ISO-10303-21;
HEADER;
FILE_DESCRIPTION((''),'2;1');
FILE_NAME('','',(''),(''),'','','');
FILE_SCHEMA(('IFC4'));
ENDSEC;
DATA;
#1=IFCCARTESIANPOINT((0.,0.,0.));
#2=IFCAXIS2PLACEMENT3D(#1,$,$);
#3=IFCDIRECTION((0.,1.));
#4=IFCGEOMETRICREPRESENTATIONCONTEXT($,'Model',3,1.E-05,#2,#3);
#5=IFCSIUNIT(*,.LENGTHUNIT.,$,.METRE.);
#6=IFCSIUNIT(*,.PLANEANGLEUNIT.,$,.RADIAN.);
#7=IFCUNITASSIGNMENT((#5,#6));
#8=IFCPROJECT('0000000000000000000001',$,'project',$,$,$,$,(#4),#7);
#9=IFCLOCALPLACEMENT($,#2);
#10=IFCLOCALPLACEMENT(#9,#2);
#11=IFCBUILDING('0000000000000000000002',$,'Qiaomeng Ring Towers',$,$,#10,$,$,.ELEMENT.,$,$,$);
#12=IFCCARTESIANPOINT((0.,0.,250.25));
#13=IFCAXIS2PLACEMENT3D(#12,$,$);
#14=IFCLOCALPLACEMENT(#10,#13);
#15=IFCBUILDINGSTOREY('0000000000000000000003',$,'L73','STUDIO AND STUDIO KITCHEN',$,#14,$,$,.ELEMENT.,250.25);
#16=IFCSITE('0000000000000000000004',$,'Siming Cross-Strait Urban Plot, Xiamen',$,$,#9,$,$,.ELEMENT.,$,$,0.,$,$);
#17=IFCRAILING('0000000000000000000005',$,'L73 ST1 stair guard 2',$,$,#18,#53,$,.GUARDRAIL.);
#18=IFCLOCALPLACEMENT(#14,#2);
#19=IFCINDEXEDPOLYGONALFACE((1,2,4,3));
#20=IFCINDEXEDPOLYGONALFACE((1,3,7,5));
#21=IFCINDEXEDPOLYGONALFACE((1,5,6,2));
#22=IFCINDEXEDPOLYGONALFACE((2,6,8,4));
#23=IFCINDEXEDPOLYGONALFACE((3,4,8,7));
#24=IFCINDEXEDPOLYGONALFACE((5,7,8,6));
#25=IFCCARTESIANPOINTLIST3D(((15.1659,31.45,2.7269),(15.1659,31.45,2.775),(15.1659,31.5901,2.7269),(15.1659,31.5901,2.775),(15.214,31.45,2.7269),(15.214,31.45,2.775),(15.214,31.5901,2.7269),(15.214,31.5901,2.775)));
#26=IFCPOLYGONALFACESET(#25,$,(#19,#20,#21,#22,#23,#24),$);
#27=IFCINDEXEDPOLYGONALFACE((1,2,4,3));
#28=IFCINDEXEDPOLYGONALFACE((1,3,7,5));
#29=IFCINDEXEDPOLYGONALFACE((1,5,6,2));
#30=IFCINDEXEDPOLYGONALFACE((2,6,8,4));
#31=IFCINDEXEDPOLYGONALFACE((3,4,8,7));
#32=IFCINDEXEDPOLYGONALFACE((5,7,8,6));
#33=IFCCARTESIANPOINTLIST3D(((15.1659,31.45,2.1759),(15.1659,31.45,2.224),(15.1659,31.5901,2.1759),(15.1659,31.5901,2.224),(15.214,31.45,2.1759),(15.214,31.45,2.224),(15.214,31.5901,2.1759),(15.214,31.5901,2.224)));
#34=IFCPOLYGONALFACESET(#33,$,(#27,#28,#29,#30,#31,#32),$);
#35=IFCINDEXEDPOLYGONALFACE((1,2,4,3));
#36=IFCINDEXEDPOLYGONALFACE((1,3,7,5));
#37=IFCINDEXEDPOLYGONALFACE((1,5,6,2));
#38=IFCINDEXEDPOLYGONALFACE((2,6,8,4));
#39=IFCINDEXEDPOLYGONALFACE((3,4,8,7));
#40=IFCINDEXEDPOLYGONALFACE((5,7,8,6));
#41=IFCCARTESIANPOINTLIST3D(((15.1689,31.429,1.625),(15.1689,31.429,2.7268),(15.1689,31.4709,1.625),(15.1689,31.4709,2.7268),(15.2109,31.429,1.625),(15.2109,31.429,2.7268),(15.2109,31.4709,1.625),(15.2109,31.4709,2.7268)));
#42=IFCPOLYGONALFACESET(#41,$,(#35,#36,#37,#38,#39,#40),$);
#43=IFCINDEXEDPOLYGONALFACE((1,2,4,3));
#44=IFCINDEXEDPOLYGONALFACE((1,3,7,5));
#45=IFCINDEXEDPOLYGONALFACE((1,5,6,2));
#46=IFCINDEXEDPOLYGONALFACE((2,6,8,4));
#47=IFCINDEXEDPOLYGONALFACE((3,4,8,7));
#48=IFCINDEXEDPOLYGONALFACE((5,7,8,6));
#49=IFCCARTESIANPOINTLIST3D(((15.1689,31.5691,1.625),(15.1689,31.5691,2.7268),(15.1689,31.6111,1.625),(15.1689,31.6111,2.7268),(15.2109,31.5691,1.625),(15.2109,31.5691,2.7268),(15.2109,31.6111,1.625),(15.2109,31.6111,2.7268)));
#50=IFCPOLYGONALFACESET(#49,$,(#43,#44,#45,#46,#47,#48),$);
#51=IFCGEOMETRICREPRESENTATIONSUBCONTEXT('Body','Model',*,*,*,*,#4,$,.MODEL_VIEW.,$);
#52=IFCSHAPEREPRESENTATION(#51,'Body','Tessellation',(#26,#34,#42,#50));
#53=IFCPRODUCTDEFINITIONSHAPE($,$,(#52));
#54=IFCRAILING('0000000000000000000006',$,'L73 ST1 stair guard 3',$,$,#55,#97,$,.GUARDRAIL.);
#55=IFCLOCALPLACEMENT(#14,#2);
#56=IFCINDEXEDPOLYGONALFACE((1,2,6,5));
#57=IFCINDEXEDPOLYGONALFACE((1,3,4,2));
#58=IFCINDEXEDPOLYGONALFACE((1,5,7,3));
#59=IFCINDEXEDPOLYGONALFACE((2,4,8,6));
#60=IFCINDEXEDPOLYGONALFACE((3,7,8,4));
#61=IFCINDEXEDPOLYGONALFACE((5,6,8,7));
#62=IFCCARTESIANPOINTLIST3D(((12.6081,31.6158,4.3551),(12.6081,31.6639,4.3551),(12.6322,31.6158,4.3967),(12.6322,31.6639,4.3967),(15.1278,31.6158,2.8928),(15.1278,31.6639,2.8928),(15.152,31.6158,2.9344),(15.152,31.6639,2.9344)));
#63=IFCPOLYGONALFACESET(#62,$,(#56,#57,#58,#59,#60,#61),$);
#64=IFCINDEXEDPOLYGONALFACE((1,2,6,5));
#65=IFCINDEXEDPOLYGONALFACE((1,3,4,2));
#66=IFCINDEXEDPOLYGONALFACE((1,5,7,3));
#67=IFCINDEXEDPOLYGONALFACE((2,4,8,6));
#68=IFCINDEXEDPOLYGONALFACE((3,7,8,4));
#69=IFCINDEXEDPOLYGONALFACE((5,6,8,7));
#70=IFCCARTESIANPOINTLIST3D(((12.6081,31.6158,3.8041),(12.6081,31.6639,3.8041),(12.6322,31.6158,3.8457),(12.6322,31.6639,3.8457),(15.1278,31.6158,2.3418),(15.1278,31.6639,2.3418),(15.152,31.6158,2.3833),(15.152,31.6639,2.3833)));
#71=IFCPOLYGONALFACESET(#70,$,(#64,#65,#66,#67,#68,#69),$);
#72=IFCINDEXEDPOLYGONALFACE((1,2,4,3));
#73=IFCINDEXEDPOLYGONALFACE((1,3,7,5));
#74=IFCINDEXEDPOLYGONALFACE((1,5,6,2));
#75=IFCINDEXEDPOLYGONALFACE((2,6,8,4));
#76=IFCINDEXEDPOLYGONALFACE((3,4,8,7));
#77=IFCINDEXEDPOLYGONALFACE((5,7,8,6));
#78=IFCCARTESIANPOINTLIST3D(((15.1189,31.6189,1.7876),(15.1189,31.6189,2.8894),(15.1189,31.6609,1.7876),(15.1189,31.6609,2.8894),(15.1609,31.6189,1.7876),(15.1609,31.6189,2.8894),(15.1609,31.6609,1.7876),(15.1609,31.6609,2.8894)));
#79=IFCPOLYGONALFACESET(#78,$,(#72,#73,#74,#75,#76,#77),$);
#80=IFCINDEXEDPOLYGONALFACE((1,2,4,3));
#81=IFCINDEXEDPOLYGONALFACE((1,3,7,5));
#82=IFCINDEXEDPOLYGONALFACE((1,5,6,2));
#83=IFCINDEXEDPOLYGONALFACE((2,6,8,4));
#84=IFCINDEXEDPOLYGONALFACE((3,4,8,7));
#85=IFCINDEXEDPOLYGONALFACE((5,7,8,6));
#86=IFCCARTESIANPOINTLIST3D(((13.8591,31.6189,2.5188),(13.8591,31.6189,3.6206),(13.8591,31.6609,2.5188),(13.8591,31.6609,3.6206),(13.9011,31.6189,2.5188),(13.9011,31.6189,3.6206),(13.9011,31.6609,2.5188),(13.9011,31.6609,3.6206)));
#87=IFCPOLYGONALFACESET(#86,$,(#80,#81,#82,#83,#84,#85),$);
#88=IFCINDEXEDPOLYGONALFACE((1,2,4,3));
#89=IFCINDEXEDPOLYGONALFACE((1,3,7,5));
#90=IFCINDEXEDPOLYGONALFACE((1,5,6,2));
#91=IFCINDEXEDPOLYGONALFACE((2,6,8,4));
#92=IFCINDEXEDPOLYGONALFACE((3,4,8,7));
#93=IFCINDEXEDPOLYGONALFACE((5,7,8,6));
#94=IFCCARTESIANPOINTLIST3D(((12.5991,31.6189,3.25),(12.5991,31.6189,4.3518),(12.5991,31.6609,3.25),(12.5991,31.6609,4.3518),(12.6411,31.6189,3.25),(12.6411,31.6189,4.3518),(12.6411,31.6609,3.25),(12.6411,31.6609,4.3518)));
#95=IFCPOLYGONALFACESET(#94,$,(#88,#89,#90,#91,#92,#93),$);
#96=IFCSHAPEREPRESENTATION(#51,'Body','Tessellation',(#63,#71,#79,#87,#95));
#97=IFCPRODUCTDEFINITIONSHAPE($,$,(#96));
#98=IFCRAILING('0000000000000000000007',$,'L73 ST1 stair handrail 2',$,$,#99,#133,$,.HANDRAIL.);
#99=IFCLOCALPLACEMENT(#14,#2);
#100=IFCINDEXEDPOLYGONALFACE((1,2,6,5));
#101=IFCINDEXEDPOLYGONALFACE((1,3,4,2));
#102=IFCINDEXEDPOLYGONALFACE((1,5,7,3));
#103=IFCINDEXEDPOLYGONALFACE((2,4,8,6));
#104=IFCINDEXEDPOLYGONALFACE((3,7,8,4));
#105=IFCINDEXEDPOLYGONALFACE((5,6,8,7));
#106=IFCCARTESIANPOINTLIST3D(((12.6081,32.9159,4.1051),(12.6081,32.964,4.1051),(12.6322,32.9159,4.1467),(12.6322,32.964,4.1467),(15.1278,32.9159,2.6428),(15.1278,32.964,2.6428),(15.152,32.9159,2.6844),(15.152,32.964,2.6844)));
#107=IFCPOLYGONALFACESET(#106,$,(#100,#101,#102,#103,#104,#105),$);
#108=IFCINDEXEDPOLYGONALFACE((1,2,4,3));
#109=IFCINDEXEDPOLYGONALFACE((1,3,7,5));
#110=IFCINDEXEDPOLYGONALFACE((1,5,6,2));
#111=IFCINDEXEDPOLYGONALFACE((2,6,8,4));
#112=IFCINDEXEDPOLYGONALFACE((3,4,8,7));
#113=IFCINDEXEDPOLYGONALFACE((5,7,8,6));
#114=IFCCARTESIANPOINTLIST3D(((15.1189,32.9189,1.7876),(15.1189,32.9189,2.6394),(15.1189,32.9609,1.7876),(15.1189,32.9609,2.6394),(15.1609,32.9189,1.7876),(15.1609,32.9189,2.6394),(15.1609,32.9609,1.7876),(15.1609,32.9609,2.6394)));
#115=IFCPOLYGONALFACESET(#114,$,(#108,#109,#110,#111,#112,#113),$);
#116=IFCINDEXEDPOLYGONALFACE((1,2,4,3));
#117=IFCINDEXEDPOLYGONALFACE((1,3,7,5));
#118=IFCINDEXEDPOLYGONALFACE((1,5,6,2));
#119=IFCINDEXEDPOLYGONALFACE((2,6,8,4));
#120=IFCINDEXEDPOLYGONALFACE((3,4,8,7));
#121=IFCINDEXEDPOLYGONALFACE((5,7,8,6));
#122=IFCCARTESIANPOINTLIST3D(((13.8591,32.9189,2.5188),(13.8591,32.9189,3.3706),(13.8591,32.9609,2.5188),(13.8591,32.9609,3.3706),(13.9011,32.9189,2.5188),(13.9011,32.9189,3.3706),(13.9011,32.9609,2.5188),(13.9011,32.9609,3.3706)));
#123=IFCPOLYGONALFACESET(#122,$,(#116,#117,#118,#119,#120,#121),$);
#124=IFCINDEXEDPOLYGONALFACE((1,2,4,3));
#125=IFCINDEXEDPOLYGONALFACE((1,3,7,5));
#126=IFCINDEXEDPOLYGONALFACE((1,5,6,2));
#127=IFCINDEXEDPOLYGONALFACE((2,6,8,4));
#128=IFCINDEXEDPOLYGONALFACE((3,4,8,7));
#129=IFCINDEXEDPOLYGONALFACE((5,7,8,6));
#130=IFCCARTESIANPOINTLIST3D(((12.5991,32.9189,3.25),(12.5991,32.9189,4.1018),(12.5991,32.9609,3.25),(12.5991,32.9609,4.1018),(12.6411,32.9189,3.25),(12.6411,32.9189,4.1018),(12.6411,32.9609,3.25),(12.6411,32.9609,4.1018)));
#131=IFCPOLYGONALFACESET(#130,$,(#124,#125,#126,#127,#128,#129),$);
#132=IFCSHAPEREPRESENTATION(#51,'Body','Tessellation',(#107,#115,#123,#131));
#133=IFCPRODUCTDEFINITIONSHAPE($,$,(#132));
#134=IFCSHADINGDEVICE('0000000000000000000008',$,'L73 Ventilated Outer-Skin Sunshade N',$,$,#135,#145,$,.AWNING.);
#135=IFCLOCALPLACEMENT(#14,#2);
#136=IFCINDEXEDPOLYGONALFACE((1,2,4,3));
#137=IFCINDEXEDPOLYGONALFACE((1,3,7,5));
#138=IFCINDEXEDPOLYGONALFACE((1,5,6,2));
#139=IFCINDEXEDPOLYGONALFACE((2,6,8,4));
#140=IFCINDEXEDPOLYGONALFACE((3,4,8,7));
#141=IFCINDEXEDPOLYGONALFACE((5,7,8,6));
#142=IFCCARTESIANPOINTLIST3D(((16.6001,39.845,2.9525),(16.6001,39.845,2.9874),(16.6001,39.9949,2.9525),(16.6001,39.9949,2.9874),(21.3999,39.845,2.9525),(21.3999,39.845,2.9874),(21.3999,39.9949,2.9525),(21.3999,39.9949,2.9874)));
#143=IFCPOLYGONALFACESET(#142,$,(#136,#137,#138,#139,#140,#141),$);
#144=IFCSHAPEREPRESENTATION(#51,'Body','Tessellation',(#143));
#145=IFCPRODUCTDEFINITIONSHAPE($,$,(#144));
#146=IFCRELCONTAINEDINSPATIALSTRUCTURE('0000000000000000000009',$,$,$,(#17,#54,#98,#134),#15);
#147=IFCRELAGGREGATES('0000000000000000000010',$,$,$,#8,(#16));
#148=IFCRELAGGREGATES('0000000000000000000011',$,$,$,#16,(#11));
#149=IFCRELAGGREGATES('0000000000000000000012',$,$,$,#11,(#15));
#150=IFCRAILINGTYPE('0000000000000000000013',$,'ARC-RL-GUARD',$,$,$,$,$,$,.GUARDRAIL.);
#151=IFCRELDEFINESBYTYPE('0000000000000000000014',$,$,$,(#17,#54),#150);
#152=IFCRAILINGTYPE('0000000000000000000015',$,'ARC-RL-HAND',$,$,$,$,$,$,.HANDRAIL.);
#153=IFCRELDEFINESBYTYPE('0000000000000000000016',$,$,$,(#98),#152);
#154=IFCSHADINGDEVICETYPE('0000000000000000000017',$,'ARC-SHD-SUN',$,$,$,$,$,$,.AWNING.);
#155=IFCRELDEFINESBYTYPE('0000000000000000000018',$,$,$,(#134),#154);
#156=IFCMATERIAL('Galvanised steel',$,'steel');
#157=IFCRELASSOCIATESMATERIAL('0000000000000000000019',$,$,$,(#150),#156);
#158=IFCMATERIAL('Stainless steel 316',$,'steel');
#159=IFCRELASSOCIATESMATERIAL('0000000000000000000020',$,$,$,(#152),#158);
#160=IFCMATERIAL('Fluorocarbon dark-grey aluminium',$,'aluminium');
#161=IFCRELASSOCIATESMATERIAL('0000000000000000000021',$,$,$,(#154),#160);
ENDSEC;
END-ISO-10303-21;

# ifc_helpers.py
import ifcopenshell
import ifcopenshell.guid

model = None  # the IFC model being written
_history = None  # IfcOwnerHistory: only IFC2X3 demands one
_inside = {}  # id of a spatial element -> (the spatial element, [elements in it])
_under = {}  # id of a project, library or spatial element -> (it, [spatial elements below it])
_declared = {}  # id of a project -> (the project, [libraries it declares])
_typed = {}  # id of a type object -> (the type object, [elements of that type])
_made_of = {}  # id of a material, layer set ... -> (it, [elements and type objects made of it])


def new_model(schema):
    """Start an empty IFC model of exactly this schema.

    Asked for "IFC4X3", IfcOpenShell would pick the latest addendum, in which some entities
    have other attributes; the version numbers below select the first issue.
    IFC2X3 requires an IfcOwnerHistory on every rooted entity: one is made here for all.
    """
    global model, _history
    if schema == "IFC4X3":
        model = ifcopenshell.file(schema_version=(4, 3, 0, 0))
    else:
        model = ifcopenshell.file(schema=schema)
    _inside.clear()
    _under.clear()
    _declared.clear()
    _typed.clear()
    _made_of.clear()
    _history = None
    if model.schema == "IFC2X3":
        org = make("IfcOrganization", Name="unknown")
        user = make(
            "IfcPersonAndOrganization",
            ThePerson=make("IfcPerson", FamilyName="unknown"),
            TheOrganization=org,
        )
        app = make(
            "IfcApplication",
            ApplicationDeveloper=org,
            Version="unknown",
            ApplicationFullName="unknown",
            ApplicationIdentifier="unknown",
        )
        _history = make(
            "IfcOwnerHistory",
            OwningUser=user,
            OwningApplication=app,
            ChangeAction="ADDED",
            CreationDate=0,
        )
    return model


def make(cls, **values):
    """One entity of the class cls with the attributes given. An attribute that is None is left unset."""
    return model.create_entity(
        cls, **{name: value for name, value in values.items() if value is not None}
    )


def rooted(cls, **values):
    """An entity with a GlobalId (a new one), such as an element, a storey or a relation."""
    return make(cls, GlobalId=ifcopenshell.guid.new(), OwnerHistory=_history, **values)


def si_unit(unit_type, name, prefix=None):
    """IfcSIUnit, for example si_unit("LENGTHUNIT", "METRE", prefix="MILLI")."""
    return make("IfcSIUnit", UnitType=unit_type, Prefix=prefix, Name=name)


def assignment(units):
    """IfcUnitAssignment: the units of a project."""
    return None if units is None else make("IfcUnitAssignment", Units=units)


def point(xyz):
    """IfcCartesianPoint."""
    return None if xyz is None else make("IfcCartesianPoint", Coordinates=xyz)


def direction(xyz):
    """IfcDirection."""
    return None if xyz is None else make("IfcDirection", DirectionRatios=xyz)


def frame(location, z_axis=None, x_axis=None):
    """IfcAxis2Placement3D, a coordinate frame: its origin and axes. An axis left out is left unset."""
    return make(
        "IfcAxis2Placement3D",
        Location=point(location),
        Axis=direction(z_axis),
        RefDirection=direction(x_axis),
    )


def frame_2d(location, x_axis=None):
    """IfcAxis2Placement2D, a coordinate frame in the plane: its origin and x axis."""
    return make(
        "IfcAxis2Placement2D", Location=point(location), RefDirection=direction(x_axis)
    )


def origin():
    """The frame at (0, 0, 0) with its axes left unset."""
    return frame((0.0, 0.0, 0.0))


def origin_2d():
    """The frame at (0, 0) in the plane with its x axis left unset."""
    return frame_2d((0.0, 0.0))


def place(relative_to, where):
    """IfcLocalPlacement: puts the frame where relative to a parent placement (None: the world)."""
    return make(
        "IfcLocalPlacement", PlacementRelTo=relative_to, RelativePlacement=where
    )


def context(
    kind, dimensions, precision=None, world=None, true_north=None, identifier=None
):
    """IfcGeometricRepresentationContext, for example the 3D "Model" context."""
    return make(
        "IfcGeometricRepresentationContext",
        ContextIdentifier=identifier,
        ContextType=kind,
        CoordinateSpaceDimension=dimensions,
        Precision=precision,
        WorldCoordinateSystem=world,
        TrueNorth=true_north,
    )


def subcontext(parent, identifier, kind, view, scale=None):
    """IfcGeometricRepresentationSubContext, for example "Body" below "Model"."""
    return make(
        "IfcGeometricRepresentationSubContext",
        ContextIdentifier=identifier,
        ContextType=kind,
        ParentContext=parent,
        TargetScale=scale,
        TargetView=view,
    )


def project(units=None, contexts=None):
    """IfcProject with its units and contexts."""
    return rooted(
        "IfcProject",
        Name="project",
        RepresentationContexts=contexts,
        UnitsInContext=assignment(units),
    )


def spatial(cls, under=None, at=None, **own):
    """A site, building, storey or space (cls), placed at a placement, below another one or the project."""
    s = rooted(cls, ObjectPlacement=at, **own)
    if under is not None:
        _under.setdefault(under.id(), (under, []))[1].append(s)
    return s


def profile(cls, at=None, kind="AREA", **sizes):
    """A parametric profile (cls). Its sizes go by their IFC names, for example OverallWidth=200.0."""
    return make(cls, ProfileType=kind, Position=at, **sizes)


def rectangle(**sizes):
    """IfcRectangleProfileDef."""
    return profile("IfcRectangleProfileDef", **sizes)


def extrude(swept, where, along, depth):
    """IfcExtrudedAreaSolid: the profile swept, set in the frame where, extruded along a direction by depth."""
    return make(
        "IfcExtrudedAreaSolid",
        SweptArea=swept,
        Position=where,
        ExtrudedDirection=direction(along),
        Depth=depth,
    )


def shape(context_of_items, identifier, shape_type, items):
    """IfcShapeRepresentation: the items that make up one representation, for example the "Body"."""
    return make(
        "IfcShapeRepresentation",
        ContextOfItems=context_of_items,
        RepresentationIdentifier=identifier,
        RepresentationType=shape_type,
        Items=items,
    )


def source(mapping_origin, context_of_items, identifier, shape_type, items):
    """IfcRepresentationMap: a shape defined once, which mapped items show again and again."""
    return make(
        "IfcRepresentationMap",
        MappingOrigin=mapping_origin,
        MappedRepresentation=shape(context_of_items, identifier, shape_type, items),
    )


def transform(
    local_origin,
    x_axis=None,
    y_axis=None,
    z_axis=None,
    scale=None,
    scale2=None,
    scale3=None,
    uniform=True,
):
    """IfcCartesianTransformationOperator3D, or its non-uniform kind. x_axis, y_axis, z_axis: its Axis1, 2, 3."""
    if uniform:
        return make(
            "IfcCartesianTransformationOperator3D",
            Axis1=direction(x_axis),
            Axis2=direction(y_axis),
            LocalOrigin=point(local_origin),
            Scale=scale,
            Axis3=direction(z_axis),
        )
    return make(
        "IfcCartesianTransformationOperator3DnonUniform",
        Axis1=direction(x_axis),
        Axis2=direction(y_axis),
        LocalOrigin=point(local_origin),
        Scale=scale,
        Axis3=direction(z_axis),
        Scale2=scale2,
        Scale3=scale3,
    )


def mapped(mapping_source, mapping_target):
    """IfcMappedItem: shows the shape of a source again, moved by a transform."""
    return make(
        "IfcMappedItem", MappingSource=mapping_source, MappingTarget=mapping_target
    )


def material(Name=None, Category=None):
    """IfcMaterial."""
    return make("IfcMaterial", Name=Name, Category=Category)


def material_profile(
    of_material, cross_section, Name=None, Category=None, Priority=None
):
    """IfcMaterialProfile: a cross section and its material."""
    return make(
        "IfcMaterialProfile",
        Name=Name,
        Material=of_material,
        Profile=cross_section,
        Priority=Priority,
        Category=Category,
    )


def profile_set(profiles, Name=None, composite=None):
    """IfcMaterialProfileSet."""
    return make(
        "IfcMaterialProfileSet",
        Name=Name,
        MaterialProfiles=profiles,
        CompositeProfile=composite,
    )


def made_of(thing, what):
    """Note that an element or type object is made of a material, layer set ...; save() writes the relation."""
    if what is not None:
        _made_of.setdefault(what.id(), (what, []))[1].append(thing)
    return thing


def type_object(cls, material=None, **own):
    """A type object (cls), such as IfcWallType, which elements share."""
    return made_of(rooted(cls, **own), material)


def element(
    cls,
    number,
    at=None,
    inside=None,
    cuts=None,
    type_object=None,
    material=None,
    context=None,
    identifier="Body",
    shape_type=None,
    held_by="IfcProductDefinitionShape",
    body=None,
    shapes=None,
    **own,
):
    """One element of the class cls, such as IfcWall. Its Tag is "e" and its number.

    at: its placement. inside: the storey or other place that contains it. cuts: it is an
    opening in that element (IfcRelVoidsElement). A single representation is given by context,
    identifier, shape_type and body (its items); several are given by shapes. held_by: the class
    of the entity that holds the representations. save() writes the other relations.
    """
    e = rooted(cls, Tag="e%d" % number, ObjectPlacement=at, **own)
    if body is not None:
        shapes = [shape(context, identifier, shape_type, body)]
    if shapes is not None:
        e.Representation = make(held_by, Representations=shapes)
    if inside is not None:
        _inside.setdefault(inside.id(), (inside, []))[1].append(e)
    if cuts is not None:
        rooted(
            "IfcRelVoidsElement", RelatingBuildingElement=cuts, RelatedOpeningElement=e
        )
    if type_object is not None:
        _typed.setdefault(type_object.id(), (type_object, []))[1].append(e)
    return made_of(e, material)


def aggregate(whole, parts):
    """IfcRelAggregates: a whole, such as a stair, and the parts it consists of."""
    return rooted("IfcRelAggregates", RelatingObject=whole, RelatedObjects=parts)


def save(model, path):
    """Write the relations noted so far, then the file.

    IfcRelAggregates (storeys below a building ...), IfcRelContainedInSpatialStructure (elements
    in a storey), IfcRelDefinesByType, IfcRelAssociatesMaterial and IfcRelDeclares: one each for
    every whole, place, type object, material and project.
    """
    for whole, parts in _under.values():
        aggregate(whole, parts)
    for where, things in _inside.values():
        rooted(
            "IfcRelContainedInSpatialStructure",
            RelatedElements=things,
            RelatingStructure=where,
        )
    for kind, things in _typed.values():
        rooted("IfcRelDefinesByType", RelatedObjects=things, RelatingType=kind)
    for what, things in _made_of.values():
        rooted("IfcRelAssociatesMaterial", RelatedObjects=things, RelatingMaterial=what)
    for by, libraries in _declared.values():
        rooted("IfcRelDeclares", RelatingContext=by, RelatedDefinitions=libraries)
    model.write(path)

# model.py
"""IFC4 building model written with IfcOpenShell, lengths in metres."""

from ifc_helpers import new_model, si_unit, direction, frame, origin, origin_2d, place, context, subcontext, project, spatial, rectangle, extrude, source, transform, mapped, material, material_profile, profile_set, type_object, element, save


model = new_model("IFC4")

# Units and contexts
model_context = context("Model", 3, precision=1e-05, world=origin(), true_north=direction((0.0, 1.0)))
body_context = subcontext(model_context, "Body", "Model", "MODEL_VIEW")
ifc_project = project(units=[si_unit("LENGTHUNIT", "METRE"), si_unit("PLANEANGLEUNIT", "RADIAN")], contexts=[model_context])

# Site, building, storey
site_placement = place(None, origin())
site = spatial("IfcSite", under=ifc_project, at=site_placement, Name="Siming Cross-Strait Urban Plot, Xiamen", CompositionType="ELEMENT", RefElevation=0.0)
building_placement = place(site_placement, origin())
building = spatial("IfcBuilding", under=site, at=building_placement, Name="Qiaomeng Ring Towers", CompositionType="ELEMENT")
storey_placement = place(building_placement, frame((0.0, 0.0, 250.25)))
storey = spatial("IfcBuildingStorey", under=building, at=storey_placement, Name="L73", Description="STUDIO AND STUDIO KITCHEN", CompositionType="ELEMENT", Elevation=250.25)

# Shared definitions
ifc_material_1 = material(Name="Galvanised steel", Category="steel")

# Shared definitions
ifc_material_2 = material(Name="Stainless steel 316", Category="steel")

# Railings
railing_type_1 = type_object("IfcRailingType", Name="ARC-RL-GUARD", PredefinedType="GUARDRAIL", material=ifc_material_1)
railing_1_placement = place(storey_placement, frame((15.1899, 31.45, 1.625)))
element("IfcRailing", 1, at=railing_1_placement, inside=storey, type_object=railing_type_1, Name="L73 ST1 stair guard 2", PredefinedType="GUARDRAIL", context=body_context, shape_type="SweptSolid", body=[
    extrude(rectangle(XDim=0.0481, YDim=0.0481, at=origin_2d()), frame((0.0, 0.0, 1.126), z_axis=(0.0, 1.0, 0.0), x_axis=(-1.0, 0.0, 0.0)), (0.0, 0.0, 1.0), 0.1401),
    extrude(rectangle(XDim=0.0481, YDim=0.0481, at=origin_2d()), frame((0.0, 0.0, 0.575), z_axis=(0.0, 1.0, 0.0), x_axis=(-1.0, 0.0, 0.0)), (0.0, 0.0, 1.0), 0.1401),
    extrude(rectangle(XDim=0.042, YDim=0.042, at=origin_2d()), origin(), (0.0, 0.0, 1.0), 1.1018),
    extrude(rectangle(XDim=0.042, YDim=0.042, at=origin_2d()), frame((0.0, 0.1401, 0.0)), (0.0, 0.0, 1.0), 1.1018),
])
railing_2_placement = place(storey_placement, frame((15.1399, 31.6399, 1.7876)))
element("IfcRailing", 2, at=railing_2_placement, inside=storey, type_object=railing_type_1, Name="L73 ST1 stair guard 3", PredefinedType="GUARDRAIL", context=body_context, shape_type="SweptSolid", body=[
    extrude(rectangle(XDim=0.0481, YDim=0.0481, at=origin_2d()), frame((0.0, 0.0, 1.126), z_axis=(-0.864892, 0.0, 0.501958), x_axis=(0.0, -1.0, 0.0)), (0.0, 0.0, 1.0), 2.9133),
    extrude(rectangle(XDim=0.0481, YDim=0.0481, at=origin_2d()), frame((0.0, 0.0, 0.575), z_axis=(-0.864892, 0.0, 0.501958), x_axis=(0.0, -1.0, 0.0)), (0.0, 0.0, 1.0), 2.9133),
    extrude(rectangle(XDim=0.042, YDim=0.042, at=origin_2d()), origin(), (0.0, 0.0, 1.0), 1.1018),
    extrude(rectangle(XDim=0.042, YDim=0.042, at=origin_2d()), frame((-1.2598, 0.0, 0.7312)), (0.0, 0.0, 1.0), 1.1018),
    extrude(rectangle(XDim=0.042, YDim=0.042, at=origin_2d()), frame((-2.5198, 0.0, 1.4624)), (0.0, 0.0, 1.0), 1.1018),
])
railing_type_2 = type_object("IfcRailingType", Name="ARC-RL-HAND", PredefinedType="HANDRAIL", material=ifc_material_2)
railing_3_placement = place(storey_placement, frame((15.1399, 32.9399, 1.7876)))
element("IfcRailing", 3, at=railing_3_placement, inside=storey, type_object=railing_type_2, Name="L73 ST1 stair handrail 2", PredefinedType="HANDRAIL", context=body_context, shape_type="SweptSolid", body=[
    extrude(rectangle(XDim=0.0481, YDim=0.0481, at=origin_2d()), frame((0.0, 0.0, 0.876), z_axis=(-0.864892, 0.0, 0.501958), x_axis=(0.0, -1.0, 0.0)), (0.0, 0.0, 1.0), 2.9133),
    extrude(rectangle(XDim=0.042, YDim=0.042, at=origin_2d()), origin(), (0.0, 0.0, 1.0), 0.8518),
    extrude(rectangle(XDim=0.042, YDim=0.042, at=origin_2d()), frame((-1.2598, 0.0, 0.7312)), (0.0, 0.0, 1.0), 0.8518),
    extrude(rectangle(XDim=0.042, YDim=0.042, at=origin_2d()), frame((-2.5198, 0.0, 1.4624)), (0.0, 0.0, 1.0), 0.8518),
])

# Shading device
ifc_material_3 = material(Name="Fluorocarbon dark-grey aluminium", Category="aluminium")
ifc_material_profile_1 = material_profile(ifc_material_3, rectangle(XDim=0.1499, YDim=0.0349, at=origin_2d()), Name="LV BLADE 150x35")
ifc_profile_set_1 = profile_set([ifc_material_profile_1], Name="Fluorocarbon dark-grey aluminium")
shading_device_type = type_object("IfcShadingDeviceType", Name="ARC-SHD-SUN", PredefinedType="AWNING", material=ifc_profile_set_1)
shared_shape_1 = source(origin(), body_context, "Body", "SweptSolid", [
    extrude(rectangle(XDim=0.1499, YDim=0.0349, at=origin_2d()), origin(), (0.0, 0.0, 1.0), 4.7998),
])
shading_device_placement = place(storey_placement, frame((16.6001, 39.9199, 2.97), z_axis=(1.0, 0.0, 0.0), x_axis=(0.0, 1.0, 0.0)))
element("IfcShadingDevice", 4, at=shading_device_placement, inside=storey, type_object=shading_device_type, Name="L73 Ventilated Outer-Skin Sunshade N", PredefinedType="AWNING", context=body_context, shape_type="MappedRepresentation", body=[
    mapped(shared_shape_1, transform((0.0, 0.0, 0.0), x_axis=(1.0, 0.0, 0.0), y_axis=(0.0, 1.0, 0.0), z_axis=(0.0, 0.0, 1.0), scale=1.0)),
])

save(model, "model.ifc")
